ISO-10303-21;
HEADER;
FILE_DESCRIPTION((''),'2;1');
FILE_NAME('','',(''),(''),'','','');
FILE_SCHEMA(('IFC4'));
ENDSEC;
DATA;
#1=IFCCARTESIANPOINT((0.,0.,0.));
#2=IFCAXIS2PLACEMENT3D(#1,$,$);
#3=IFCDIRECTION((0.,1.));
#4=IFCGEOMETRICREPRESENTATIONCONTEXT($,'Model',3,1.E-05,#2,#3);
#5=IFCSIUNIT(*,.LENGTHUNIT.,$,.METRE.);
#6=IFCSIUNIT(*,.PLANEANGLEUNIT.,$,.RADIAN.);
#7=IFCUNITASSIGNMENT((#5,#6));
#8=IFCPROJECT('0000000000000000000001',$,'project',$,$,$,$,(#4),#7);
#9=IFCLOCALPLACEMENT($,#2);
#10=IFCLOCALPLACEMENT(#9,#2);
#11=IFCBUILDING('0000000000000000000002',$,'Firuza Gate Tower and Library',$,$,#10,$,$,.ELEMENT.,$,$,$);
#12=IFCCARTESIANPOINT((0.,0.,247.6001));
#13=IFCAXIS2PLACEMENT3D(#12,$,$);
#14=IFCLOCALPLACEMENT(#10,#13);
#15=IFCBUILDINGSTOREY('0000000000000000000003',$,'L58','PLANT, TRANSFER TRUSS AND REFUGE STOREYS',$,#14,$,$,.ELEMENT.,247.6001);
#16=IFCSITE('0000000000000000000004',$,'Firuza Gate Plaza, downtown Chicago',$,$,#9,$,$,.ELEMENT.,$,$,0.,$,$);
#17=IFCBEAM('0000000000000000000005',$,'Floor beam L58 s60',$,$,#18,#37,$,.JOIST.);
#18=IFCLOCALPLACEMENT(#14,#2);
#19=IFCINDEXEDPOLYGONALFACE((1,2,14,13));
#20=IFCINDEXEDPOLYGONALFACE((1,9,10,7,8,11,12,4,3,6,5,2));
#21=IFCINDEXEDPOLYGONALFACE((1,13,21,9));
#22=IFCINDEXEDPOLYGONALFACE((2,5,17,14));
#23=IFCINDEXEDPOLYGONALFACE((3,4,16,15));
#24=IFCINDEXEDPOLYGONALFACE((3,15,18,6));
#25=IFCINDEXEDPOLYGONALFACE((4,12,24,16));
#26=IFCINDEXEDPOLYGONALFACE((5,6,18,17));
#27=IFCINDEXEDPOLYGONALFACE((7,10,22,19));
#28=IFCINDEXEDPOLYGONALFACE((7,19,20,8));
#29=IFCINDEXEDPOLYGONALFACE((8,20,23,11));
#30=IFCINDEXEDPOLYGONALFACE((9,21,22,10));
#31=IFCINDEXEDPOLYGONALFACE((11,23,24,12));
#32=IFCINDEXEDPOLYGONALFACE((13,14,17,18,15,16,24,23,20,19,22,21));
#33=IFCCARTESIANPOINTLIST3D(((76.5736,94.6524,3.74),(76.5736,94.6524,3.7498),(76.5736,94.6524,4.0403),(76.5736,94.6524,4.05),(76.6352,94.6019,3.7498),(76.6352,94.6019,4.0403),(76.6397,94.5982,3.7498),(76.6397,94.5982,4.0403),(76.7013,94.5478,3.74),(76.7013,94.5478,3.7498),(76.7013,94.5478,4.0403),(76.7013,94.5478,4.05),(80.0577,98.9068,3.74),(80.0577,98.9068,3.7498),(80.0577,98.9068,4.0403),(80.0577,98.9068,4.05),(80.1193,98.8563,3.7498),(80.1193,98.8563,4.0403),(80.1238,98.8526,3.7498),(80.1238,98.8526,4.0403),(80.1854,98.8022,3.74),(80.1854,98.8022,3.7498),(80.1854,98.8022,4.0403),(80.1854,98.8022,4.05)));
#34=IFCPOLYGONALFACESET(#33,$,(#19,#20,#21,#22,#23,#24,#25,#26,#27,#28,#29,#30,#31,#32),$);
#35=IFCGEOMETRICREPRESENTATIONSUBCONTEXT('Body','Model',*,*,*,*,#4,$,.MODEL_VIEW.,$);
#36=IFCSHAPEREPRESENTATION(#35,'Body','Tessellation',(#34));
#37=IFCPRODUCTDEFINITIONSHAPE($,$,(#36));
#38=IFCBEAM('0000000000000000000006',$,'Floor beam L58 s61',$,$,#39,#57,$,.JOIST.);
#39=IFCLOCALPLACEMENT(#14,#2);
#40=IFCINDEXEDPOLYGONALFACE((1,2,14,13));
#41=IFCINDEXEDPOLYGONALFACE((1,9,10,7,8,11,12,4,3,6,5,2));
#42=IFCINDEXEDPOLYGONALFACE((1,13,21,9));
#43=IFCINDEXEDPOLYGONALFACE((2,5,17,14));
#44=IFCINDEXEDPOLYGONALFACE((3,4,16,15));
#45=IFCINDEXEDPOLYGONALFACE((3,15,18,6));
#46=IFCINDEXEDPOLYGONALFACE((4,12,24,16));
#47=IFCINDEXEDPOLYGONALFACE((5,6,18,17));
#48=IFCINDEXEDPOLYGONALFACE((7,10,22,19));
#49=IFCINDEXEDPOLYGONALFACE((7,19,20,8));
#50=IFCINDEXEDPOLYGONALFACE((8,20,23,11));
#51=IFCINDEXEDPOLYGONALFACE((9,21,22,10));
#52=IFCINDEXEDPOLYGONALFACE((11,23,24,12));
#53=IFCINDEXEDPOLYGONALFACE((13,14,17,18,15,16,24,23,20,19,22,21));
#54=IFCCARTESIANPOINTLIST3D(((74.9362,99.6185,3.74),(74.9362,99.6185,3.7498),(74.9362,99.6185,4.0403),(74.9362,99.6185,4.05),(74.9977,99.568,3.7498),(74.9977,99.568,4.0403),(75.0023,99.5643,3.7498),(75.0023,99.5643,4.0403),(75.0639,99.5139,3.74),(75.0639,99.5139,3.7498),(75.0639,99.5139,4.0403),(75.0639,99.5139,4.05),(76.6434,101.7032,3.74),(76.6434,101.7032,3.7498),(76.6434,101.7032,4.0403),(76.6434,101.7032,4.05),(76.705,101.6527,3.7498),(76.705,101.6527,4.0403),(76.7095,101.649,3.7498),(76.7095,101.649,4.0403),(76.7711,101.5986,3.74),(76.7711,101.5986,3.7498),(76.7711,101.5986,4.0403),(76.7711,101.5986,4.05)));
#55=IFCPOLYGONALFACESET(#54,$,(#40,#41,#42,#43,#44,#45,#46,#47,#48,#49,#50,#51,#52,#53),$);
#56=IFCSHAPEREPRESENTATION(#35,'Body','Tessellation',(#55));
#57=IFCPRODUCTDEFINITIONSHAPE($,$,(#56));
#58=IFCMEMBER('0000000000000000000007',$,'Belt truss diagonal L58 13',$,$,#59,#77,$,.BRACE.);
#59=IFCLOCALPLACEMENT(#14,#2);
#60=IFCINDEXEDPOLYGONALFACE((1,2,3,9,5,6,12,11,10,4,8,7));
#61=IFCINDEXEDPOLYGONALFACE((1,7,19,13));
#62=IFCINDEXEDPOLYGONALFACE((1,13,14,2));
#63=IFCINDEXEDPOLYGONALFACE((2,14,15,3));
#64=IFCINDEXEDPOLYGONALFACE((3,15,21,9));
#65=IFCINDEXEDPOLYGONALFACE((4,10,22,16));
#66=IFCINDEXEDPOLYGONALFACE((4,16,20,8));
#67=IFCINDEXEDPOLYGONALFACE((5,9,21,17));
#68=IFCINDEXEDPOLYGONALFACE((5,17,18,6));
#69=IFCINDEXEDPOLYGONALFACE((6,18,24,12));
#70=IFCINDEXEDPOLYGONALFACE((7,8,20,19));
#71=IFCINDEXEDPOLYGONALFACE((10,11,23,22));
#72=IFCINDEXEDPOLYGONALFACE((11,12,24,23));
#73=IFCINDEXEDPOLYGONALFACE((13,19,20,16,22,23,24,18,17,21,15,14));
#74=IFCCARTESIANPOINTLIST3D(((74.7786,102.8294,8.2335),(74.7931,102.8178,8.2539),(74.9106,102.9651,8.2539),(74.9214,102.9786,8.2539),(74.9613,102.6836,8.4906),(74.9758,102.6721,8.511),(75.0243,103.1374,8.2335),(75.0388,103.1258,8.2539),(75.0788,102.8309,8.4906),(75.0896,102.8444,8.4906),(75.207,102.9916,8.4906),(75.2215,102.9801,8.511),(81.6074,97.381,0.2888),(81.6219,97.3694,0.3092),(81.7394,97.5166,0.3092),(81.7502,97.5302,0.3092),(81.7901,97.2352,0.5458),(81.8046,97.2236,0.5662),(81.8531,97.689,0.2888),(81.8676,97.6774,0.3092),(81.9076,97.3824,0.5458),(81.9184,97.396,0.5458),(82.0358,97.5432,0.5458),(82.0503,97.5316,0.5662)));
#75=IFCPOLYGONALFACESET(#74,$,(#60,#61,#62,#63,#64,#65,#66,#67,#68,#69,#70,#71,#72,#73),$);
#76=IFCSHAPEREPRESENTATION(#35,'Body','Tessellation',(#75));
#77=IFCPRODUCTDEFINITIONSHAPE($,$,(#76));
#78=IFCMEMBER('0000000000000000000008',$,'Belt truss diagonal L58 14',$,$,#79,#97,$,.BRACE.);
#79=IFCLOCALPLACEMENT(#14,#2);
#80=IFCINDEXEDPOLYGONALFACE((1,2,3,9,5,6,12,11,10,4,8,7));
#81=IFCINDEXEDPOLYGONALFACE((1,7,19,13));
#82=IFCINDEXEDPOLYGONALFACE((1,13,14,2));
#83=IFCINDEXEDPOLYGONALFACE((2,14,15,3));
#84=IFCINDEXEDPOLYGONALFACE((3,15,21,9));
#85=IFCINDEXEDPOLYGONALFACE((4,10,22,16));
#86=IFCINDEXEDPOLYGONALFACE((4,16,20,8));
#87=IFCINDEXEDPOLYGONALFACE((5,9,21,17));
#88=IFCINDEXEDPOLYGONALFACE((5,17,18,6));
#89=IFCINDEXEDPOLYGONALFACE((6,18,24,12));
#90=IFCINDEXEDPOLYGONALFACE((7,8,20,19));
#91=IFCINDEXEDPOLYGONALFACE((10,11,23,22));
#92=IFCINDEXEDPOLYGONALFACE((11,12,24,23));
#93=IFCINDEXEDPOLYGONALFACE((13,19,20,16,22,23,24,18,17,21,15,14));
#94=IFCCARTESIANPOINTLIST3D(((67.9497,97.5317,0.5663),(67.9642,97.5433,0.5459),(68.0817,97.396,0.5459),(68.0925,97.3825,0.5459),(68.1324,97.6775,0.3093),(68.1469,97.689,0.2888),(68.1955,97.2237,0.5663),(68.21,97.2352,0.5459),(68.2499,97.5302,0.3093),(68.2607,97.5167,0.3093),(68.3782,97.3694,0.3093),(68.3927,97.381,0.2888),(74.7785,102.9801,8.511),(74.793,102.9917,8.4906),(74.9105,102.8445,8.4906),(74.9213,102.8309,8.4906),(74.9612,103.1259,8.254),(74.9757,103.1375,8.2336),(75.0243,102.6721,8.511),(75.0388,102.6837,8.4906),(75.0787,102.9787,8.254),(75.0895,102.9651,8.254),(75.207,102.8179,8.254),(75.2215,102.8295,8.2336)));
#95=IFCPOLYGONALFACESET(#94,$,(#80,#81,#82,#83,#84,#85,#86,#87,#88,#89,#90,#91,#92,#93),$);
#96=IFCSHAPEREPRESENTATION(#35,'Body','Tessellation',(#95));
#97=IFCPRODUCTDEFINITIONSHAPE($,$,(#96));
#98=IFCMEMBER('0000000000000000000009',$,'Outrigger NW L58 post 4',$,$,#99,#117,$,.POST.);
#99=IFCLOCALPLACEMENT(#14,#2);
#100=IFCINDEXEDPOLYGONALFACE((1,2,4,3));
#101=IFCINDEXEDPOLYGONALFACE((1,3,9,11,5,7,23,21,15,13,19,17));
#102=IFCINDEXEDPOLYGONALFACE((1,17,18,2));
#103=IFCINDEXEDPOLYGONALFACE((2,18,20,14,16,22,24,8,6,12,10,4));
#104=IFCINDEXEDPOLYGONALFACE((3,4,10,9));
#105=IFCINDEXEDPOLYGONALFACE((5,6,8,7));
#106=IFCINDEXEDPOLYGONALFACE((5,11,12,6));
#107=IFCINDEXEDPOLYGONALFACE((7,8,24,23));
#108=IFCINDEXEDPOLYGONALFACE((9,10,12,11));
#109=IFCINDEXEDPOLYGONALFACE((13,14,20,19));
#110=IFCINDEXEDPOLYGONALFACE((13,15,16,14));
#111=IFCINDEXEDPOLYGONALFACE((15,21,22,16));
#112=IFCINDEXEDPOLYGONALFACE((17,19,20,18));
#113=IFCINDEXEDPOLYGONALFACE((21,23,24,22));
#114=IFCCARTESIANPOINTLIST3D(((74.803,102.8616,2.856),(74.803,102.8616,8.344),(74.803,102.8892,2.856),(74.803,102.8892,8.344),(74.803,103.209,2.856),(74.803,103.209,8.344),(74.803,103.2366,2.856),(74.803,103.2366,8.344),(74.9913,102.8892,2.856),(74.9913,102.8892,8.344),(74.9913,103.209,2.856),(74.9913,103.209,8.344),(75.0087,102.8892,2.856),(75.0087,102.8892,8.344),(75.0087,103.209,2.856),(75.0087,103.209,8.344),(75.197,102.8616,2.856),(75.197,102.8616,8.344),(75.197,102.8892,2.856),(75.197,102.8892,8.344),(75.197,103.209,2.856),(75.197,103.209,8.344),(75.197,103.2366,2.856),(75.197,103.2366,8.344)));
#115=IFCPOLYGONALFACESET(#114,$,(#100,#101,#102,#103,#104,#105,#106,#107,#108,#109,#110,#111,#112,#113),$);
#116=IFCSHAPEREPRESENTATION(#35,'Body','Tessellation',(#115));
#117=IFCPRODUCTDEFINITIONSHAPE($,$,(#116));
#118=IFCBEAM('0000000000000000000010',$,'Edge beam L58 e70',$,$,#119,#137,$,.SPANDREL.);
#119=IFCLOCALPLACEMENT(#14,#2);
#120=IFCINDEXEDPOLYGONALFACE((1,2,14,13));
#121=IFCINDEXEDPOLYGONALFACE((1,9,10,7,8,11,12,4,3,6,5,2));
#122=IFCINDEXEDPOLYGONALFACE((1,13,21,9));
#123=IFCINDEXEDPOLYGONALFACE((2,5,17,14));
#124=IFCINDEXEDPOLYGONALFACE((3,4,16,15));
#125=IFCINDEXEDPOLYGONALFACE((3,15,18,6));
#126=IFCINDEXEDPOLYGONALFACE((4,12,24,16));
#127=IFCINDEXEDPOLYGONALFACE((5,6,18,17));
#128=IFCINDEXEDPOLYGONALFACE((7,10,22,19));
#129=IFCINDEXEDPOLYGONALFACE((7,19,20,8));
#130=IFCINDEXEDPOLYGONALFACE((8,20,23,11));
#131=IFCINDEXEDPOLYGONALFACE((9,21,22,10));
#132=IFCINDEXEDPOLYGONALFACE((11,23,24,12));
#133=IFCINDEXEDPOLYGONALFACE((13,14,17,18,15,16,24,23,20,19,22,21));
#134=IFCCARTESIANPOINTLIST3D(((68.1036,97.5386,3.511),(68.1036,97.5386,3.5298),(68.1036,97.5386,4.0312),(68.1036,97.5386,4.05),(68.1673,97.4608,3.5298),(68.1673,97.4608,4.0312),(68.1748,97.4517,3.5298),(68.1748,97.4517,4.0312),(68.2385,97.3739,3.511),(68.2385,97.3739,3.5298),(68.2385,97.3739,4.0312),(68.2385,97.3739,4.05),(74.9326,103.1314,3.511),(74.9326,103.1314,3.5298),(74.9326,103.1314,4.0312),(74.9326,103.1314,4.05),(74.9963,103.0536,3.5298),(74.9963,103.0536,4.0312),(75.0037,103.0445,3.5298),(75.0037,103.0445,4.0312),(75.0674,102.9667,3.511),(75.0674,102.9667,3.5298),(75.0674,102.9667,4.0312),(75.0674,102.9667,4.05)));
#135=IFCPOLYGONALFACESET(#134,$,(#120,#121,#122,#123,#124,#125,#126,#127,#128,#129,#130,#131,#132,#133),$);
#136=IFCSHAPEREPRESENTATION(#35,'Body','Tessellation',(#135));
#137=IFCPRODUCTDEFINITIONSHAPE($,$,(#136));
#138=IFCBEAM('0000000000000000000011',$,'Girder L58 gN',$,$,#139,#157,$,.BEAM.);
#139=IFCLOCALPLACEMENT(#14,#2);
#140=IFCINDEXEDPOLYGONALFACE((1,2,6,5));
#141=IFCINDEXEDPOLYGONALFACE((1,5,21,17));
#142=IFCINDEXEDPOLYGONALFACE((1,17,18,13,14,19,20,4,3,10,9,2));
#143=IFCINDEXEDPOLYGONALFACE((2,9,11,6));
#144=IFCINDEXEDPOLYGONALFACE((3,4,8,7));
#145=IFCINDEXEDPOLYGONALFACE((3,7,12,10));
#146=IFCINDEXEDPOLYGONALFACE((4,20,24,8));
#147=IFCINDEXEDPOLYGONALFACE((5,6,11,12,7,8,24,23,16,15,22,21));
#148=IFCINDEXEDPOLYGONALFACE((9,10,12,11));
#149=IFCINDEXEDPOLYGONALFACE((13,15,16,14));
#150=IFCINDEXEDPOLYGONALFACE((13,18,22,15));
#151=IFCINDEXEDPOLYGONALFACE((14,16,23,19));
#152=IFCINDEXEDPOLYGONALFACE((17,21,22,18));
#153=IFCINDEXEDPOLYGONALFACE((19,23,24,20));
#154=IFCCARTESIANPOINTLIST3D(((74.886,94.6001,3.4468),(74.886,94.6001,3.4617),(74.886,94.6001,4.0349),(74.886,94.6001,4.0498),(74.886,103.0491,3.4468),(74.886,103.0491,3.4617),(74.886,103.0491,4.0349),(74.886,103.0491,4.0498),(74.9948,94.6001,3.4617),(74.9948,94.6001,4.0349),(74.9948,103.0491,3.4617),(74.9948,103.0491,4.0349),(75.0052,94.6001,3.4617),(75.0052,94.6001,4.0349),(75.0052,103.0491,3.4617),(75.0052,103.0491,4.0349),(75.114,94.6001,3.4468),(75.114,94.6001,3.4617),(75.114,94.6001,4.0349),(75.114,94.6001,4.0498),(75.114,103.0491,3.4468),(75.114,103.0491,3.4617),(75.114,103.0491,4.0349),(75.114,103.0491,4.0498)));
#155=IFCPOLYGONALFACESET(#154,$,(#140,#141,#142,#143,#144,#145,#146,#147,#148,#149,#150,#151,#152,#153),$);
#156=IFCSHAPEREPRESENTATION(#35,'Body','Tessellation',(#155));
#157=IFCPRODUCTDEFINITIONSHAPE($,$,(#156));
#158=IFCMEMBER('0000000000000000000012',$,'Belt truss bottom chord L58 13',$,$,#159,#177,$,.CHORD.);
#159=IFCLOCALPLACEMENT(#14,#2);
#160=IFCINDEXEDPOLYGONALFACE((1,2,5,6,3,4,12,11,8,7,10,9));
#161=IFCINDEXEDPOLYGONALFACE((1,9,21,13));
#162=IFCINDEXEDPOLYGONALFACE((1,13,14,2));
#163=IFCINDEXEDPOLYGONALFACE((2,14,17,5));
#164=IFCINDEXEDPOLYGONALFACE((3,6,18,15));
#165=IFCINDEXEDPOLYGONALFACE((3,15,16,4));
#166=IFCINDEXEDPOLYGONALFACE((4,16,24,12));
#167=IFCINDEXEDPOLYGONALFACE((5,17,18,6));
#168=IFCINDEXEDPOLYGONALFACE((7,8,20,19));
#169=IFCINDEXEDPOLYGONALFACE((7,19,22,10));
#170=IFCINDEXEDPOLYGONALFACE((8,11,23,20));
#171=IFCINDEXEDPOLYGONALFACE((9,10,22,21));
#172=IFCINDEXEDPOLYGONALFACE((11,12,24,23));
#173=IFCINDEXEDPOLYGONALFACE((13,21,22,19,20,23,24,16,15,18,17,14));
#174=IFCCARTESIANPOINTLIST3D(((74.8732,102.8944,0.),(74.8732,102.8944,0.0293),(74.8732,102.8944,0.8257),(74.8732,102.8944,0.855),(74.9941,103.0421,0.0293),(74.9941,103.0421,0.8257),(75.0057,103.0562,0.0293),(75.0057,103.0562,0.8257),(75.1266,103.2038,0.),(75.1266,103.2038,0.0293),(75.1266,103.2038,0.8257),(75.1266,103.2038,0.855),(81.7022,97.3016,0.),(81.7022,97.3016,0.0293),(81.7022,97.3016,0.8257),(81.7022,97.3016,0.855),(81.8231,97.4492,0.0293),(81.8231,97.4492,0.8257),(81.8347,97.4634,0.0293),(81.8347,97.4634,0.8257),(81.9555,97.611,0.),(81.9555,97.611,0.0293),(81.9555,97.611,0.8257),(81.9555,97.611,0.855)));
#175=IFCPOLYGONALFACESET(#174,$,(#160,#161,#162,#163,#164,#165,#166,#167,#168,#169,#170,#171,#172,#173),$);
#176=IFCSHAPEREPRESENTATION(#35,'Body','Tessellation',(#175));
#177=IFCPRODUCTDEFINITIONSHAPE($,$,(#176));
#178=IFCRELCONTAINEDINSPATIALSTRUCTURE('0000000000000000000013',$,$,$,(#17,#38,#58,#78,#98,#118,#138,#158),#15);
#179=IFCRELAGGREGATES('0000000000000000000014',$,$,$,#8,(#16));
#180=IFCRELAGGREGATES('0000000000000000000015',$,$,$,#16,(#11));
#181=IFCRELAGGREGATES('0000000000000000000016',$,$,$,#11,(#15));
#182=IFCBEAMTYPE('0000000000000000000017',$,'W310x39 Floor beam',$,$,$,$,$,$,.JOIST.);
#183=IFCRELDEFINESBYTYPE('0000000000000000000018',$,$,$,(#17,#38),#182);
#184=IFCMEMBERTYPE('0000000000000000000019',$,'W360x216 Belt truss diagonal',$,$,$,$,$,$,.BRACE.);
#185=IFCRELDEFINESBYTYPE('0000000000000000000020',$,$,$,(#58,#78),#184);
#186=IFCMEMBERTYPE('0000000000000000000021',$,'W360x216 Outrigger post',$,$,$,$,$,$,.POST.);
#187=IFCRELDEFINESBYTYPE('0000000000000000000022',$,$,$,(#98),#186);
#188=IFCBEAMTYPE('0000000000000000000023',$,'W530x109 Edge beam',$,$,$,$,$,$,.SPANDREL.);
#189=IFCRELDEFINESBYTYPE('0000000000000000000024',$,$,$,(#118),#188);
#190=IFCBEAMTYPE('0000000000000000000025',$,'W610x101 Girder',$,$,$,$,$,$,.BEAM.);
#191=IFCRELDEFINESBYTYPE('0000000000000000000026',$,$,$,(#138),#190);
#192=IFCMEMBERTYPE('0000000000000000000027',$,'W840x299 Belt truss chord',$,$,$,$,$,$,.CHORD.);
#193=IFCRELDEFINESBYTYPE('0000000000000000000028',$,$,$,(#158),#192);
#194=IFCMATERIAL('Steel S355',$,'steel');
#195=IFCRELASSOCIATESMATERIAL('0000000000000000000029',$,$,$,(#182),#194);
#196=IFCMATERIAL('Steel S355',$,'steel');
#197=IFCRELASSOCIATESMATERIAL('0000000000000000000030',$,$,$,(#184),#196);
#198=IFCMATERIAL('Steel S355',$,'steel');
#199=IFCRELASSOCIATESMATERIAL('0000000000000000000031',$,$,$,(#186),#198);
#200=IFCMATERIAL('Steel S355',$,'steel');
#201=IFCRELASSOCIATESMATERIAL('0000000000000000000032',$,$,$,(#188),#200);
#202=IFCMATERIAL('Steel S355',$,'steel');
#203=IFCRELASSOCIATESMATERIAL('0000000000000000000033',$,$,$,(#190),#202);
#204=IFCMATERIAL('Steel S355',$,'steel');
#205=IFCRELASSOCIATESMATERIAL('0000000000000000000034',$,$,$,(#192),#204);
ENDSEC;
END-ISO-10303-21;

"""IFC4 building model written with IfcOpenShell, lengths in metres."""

from ifc_helpers import new_model, si_unit, direction, frame, origin, origin_2d, place, context, subcontext, project, spatial, i_section, extrude, material, material_profile, profile_set, type_object, element, save


model = new_model("IFC4")

# Units and contexts
model_context = context("Model", 3, precision=1e-05, world=origin(), true_north=direction((0.0, 1.0)))
body_context = subcontext(model_context, "Body", "Model", "MODEL_VIEW")
ifc_project = project(units=[si_unit("LENGTHUNIT", "METRE"), si_unit("PLANEANGLEUNIT", "RADIAN")], contexts=[model_context])

# Site, building, storey
site_placement = place(None, origin())
site = spatial("IfcSite", under=ifc_project, at=site_placement, Name="Firuza Gate Plaza, downtown Chicago", CompositionType="ELEMENT", RefElevation=0.0)
building_placement = place(site_placement, origin())
building = spatial("IfcBuilding", under=site, at=building_placement, Name="Firuza Gate Tower and Library", CompositionType="ELEMENT")
storey_placement = place(building_placement, frame((0.0, 0.0, 247.6001)))
storey = spatial("IfcBuildingStorey", under=building, at=storey_placement, Name="L58", Description="PLANT, TRANSFER TRUSS AND REFUGE STOREYS", CompositionType="ELEMENT", Elevation=247.6001)

# Beams
ifc_material_1 = material(Name="Steel S355", Category="steel")
ifc_material_profile_1 = material_profile(ifc_material_1, i_section(OverallWidth=0.165, OverallDepth=0.3101, WebThickness=0.0059, FlangeThickness=0.0098, at=origin_2d()))
ifc_profile_set_1 = profile_set([ifc_material_profile_1], Name="Steel S355")
beam_type_1 = type_object("IfcBeamType", Name="W310x39 Floor beam", PredefinedType="JOIST", material=ifc_profile_set_1)
beam_1_placement = place(storey_placement, frame((80.1216, 98.8545, 3.895), z_axis=(-0.633593, -0.773666, 0.0), x_axis=(0.773666, -0.633593, 0.0)))
element("IfcBeam", 1, at=beam_1_placement, inside=storey, type_object=beam_type_1, Name="Floor beam L58 s60", PredefinedType="JOIST", context=body_context, shape_type="SweptSolid", body=[
    extrude(i_section(OverallWidth=0.165, OverallDepth=0.3101, WebThickness=0.0059, FlangeThickness=0.0098, at=origin_2d()), origin(), (0.0, 0.0, 1.0), 5.499),
])
beam_2_placement = place(storey_placement, frame((76.7073, 101.6509, 3.895), z_axis=(-0.633593, -0.773667, 0.0), x_axis=(0.773667, -0.633593, 0.0)))
element("IfcBeam", 2, at=beam_2_placement, inside=storey, type_object=beam_type_1, Name="Floor beam L58 s61", PredefinedType="JOIST", context=body_context, shape_type="SweptSolid", body=[
    extrude(i_section(OverallWidth=0.165, OverallDepth=0.3101, WebThickness=0.0059, FlangeThickness=0.0098, at=origin_2d()), origin(), (0.0, 0.0, 1.0), 2.6946),
])

# Members
ifc_material_2 = material(Name="Steel S355", Category="steel")
ifc_material_profile_2 = material_profile(ifc_material_2, i_section(OverallWidth=0.394, OverallDepth=0.375, WebThickness=0.0173, FlangeThickness=0.0276, at=origin_2d()))
ifc_profile_set_2 = profile_set([ifc_material_profile_2], Name="Steel S355")
member_type_1 = type_object("IfcMemberType", Name="W360x216 Belt truss diagonal", PredefinedType="BRACE", material=ifc_profile_set_2)
for number, where, z_axis, x_axis, name in (
    (3, (81.8289, 97.4563, 0.4275), (-0.578303, 0.461406, 0.672808), (-0.623676, -0.781683, 0.0), "Belt truss diagonal L58 13"),
    (4, (75.0, 102.9048, 8.3723), (-0.578303, -0.461406, -0.672808), (0.623676, -0.781683, 0.0), "Belt truss diagonal L58 14"),
):
    element("IfcMember", number, at=place(storey_placement, frame(where, z_axis=z_axis, x_axis=x_axis)), inside=storey, type_object=member_type_1, Name=name, PredefinedType="BRACE", context=body_context, shape_type="SweptSolid", body=[
        extrude(i_section(OverallWidth=0.394, OverallDepth=0.375, WebThickness=0.0173, FlangeThickness=0.0276, at=origin_2d()), origin(), (0.0, 0.0, 1.0), 11.8083),
    ])
ifc_material_3 = material(Name="Steel S355", Category="steel")
ifc_material_profile_3 = material_profile(ifc_material_3, i_section(OverallWidth=0.394, OverallDepth=0.375, WebThickness=0.0173, FlangeThickness=0.0276, at=origin_2d()))
ifc_profile_set_3 = profile_set([ifc_material_profile_3], Name="Steel S355")
member_type_2 = type_object("IfcMemberType", Name="W360x216 Outrigger post", PredefinedType="POST", material=ifc_profile_set_3)
member_1_placement = place(storey_placement, frame((75.0, 103.0491, 2.856), z_axis=(0.0, 0.0, 1.0), x_axis=(1.0, 0.0, 0.0)))
element("IfcMember", 5, at=member_1_placement, inside=storey, type_object=member_type_2, Name="Outrigger NW L58 post 4", PredefinedType="POST", context=body_context, shape_type="SweptSolid", body=[
    extrude(i_section(OverallWidth=0.394, OverallDepth=0.375, WebThickness=0.0173, FlangeThickness=0.0276, at=origin_2d()), origin(), (0.0, 0.0, 1.0), 5.488),
])

# Beams
ifc_material_4 = material(Name="Steel S355", Category="steel")
ifc_material_profile_4 = material_profile(ifc_material_4, i_section(OverallWidth=0.2129, OverallDepth=0.5391, WebThickness=0.0117, FlangeThickness=0.0188, at=origin_2d()))
ifc_profile_set_4 = profile_set([ifc_material_profile_4], Name="Steel S355")
beam_type_2 = type_object("IfcBeamType", Name="W530x109 Edge beam", PredefinedType="SPANDREL", material=ifc_profile_set_4)
beam_3_placement = place(storey_placement, frame((75.0, 103.0491, 3.7805), z_axis=(-0.77365, -0.633613, 0.0), x_axis=(0.633613, -0.77365, 0.0)))
element("IfcBeam", 6, at=beam_3_placement, inside=storey, type_object=beam_type_2, Name="Edge beam L58 e70", PredefinedType="SPANDREL", context=body_context, shape_type="SweptSolid", body=[
    extrude(i_section(OverallWidth=0.2129, OverallDepth=0.5391, WebThickness=0.0117, FlangeThickness=0.0188, at=origin_2d()), origin(), (0.0, 0.0, 1.0), 8.8269),
])
ifc_material_5 = material(Name="Steel S355", Category="steel")
ifc_material_profile_5 = material_profile(ifc_material_5, i_section(OverallWidth=0.228, OverallDepth=0.603, WebThickness=0.0105, FlangeThickness=0.0149, at=origin_2d()))
ifc_profile_set_5 = profile_set([ifc_material_profile_5], Name="Steel S355")
beam_type_3 = type_object("IfcBeamType", Name="W610x101 Girder", PredefinedType="BEAM", material=ifc_profile_set_5)
beam_4_placement = place(storey_placement, frame((75.0, 103.0491, 3.7483), z_axis=(0.0, -1.0, 0.0), x_axis=(1.0, 0.0, 0.0)))
element("IfcBeam", 7, at=beam_4_placement, inside=storey, type_object=beam_type_3, Name="Girder L58 gN", PredefinedType="BEAM", context=body_context, shape_type="SweptSolid", body=[
    extrude(i_section(OverallWidth=0.228, OverallDepth=0.603, WebThickness=0.0105, FlangeThickness=0.0149, at=origin_2d()), origin(), (0.0, 0.0, 1.0), 8.449),
])

# Member
ifc_material_6 = material(Name="Steel S355", Category="steel")
ifc_material_profile_6 = material_profile(ifc_material_6, i_section(OverallWidth=0.3999, OverallDepth=0.855, WebThickness=0.0183, FlangeThickness=0.0293, at=origin_2d()))
ifc_profile_set_6 = profile_set([ifc_material_profile_6], Name="Steel S355")
member_type_3 = type_object("IfcMemberType", Name="W840x299 Belt truss chord", PredefinedType="CHORD", material=ifc_profile_set_6)
for number, where, z_axis, x_axis, name in (
    (8, (81.8289, 97.4563, 0.4275), (-0.77365, 0.633613, 0.0), (-0.633613, -0.77365, 0.0), "Belt truss bottom chord L58 13"),
):
    element("IfcMember", number, at=place(storey_placement, frame(where, z_axis=z_axis, x_axis=x_axis)), inside=storey, type_object=member_type_3, Name=name, PredefinedType="CHORD", context=body_context, shape_type="SweptSolid", body=[
        extrude(i_section(OverallWidth=0.3999, OverallDepth=0.855, WebThickness=0.0183, FlangeThickness=0.0293, at=origin_2d()), origin(), (0.0, 0.0, 1.0), 8.8269),
    ])

save(model, "model.ifc")
